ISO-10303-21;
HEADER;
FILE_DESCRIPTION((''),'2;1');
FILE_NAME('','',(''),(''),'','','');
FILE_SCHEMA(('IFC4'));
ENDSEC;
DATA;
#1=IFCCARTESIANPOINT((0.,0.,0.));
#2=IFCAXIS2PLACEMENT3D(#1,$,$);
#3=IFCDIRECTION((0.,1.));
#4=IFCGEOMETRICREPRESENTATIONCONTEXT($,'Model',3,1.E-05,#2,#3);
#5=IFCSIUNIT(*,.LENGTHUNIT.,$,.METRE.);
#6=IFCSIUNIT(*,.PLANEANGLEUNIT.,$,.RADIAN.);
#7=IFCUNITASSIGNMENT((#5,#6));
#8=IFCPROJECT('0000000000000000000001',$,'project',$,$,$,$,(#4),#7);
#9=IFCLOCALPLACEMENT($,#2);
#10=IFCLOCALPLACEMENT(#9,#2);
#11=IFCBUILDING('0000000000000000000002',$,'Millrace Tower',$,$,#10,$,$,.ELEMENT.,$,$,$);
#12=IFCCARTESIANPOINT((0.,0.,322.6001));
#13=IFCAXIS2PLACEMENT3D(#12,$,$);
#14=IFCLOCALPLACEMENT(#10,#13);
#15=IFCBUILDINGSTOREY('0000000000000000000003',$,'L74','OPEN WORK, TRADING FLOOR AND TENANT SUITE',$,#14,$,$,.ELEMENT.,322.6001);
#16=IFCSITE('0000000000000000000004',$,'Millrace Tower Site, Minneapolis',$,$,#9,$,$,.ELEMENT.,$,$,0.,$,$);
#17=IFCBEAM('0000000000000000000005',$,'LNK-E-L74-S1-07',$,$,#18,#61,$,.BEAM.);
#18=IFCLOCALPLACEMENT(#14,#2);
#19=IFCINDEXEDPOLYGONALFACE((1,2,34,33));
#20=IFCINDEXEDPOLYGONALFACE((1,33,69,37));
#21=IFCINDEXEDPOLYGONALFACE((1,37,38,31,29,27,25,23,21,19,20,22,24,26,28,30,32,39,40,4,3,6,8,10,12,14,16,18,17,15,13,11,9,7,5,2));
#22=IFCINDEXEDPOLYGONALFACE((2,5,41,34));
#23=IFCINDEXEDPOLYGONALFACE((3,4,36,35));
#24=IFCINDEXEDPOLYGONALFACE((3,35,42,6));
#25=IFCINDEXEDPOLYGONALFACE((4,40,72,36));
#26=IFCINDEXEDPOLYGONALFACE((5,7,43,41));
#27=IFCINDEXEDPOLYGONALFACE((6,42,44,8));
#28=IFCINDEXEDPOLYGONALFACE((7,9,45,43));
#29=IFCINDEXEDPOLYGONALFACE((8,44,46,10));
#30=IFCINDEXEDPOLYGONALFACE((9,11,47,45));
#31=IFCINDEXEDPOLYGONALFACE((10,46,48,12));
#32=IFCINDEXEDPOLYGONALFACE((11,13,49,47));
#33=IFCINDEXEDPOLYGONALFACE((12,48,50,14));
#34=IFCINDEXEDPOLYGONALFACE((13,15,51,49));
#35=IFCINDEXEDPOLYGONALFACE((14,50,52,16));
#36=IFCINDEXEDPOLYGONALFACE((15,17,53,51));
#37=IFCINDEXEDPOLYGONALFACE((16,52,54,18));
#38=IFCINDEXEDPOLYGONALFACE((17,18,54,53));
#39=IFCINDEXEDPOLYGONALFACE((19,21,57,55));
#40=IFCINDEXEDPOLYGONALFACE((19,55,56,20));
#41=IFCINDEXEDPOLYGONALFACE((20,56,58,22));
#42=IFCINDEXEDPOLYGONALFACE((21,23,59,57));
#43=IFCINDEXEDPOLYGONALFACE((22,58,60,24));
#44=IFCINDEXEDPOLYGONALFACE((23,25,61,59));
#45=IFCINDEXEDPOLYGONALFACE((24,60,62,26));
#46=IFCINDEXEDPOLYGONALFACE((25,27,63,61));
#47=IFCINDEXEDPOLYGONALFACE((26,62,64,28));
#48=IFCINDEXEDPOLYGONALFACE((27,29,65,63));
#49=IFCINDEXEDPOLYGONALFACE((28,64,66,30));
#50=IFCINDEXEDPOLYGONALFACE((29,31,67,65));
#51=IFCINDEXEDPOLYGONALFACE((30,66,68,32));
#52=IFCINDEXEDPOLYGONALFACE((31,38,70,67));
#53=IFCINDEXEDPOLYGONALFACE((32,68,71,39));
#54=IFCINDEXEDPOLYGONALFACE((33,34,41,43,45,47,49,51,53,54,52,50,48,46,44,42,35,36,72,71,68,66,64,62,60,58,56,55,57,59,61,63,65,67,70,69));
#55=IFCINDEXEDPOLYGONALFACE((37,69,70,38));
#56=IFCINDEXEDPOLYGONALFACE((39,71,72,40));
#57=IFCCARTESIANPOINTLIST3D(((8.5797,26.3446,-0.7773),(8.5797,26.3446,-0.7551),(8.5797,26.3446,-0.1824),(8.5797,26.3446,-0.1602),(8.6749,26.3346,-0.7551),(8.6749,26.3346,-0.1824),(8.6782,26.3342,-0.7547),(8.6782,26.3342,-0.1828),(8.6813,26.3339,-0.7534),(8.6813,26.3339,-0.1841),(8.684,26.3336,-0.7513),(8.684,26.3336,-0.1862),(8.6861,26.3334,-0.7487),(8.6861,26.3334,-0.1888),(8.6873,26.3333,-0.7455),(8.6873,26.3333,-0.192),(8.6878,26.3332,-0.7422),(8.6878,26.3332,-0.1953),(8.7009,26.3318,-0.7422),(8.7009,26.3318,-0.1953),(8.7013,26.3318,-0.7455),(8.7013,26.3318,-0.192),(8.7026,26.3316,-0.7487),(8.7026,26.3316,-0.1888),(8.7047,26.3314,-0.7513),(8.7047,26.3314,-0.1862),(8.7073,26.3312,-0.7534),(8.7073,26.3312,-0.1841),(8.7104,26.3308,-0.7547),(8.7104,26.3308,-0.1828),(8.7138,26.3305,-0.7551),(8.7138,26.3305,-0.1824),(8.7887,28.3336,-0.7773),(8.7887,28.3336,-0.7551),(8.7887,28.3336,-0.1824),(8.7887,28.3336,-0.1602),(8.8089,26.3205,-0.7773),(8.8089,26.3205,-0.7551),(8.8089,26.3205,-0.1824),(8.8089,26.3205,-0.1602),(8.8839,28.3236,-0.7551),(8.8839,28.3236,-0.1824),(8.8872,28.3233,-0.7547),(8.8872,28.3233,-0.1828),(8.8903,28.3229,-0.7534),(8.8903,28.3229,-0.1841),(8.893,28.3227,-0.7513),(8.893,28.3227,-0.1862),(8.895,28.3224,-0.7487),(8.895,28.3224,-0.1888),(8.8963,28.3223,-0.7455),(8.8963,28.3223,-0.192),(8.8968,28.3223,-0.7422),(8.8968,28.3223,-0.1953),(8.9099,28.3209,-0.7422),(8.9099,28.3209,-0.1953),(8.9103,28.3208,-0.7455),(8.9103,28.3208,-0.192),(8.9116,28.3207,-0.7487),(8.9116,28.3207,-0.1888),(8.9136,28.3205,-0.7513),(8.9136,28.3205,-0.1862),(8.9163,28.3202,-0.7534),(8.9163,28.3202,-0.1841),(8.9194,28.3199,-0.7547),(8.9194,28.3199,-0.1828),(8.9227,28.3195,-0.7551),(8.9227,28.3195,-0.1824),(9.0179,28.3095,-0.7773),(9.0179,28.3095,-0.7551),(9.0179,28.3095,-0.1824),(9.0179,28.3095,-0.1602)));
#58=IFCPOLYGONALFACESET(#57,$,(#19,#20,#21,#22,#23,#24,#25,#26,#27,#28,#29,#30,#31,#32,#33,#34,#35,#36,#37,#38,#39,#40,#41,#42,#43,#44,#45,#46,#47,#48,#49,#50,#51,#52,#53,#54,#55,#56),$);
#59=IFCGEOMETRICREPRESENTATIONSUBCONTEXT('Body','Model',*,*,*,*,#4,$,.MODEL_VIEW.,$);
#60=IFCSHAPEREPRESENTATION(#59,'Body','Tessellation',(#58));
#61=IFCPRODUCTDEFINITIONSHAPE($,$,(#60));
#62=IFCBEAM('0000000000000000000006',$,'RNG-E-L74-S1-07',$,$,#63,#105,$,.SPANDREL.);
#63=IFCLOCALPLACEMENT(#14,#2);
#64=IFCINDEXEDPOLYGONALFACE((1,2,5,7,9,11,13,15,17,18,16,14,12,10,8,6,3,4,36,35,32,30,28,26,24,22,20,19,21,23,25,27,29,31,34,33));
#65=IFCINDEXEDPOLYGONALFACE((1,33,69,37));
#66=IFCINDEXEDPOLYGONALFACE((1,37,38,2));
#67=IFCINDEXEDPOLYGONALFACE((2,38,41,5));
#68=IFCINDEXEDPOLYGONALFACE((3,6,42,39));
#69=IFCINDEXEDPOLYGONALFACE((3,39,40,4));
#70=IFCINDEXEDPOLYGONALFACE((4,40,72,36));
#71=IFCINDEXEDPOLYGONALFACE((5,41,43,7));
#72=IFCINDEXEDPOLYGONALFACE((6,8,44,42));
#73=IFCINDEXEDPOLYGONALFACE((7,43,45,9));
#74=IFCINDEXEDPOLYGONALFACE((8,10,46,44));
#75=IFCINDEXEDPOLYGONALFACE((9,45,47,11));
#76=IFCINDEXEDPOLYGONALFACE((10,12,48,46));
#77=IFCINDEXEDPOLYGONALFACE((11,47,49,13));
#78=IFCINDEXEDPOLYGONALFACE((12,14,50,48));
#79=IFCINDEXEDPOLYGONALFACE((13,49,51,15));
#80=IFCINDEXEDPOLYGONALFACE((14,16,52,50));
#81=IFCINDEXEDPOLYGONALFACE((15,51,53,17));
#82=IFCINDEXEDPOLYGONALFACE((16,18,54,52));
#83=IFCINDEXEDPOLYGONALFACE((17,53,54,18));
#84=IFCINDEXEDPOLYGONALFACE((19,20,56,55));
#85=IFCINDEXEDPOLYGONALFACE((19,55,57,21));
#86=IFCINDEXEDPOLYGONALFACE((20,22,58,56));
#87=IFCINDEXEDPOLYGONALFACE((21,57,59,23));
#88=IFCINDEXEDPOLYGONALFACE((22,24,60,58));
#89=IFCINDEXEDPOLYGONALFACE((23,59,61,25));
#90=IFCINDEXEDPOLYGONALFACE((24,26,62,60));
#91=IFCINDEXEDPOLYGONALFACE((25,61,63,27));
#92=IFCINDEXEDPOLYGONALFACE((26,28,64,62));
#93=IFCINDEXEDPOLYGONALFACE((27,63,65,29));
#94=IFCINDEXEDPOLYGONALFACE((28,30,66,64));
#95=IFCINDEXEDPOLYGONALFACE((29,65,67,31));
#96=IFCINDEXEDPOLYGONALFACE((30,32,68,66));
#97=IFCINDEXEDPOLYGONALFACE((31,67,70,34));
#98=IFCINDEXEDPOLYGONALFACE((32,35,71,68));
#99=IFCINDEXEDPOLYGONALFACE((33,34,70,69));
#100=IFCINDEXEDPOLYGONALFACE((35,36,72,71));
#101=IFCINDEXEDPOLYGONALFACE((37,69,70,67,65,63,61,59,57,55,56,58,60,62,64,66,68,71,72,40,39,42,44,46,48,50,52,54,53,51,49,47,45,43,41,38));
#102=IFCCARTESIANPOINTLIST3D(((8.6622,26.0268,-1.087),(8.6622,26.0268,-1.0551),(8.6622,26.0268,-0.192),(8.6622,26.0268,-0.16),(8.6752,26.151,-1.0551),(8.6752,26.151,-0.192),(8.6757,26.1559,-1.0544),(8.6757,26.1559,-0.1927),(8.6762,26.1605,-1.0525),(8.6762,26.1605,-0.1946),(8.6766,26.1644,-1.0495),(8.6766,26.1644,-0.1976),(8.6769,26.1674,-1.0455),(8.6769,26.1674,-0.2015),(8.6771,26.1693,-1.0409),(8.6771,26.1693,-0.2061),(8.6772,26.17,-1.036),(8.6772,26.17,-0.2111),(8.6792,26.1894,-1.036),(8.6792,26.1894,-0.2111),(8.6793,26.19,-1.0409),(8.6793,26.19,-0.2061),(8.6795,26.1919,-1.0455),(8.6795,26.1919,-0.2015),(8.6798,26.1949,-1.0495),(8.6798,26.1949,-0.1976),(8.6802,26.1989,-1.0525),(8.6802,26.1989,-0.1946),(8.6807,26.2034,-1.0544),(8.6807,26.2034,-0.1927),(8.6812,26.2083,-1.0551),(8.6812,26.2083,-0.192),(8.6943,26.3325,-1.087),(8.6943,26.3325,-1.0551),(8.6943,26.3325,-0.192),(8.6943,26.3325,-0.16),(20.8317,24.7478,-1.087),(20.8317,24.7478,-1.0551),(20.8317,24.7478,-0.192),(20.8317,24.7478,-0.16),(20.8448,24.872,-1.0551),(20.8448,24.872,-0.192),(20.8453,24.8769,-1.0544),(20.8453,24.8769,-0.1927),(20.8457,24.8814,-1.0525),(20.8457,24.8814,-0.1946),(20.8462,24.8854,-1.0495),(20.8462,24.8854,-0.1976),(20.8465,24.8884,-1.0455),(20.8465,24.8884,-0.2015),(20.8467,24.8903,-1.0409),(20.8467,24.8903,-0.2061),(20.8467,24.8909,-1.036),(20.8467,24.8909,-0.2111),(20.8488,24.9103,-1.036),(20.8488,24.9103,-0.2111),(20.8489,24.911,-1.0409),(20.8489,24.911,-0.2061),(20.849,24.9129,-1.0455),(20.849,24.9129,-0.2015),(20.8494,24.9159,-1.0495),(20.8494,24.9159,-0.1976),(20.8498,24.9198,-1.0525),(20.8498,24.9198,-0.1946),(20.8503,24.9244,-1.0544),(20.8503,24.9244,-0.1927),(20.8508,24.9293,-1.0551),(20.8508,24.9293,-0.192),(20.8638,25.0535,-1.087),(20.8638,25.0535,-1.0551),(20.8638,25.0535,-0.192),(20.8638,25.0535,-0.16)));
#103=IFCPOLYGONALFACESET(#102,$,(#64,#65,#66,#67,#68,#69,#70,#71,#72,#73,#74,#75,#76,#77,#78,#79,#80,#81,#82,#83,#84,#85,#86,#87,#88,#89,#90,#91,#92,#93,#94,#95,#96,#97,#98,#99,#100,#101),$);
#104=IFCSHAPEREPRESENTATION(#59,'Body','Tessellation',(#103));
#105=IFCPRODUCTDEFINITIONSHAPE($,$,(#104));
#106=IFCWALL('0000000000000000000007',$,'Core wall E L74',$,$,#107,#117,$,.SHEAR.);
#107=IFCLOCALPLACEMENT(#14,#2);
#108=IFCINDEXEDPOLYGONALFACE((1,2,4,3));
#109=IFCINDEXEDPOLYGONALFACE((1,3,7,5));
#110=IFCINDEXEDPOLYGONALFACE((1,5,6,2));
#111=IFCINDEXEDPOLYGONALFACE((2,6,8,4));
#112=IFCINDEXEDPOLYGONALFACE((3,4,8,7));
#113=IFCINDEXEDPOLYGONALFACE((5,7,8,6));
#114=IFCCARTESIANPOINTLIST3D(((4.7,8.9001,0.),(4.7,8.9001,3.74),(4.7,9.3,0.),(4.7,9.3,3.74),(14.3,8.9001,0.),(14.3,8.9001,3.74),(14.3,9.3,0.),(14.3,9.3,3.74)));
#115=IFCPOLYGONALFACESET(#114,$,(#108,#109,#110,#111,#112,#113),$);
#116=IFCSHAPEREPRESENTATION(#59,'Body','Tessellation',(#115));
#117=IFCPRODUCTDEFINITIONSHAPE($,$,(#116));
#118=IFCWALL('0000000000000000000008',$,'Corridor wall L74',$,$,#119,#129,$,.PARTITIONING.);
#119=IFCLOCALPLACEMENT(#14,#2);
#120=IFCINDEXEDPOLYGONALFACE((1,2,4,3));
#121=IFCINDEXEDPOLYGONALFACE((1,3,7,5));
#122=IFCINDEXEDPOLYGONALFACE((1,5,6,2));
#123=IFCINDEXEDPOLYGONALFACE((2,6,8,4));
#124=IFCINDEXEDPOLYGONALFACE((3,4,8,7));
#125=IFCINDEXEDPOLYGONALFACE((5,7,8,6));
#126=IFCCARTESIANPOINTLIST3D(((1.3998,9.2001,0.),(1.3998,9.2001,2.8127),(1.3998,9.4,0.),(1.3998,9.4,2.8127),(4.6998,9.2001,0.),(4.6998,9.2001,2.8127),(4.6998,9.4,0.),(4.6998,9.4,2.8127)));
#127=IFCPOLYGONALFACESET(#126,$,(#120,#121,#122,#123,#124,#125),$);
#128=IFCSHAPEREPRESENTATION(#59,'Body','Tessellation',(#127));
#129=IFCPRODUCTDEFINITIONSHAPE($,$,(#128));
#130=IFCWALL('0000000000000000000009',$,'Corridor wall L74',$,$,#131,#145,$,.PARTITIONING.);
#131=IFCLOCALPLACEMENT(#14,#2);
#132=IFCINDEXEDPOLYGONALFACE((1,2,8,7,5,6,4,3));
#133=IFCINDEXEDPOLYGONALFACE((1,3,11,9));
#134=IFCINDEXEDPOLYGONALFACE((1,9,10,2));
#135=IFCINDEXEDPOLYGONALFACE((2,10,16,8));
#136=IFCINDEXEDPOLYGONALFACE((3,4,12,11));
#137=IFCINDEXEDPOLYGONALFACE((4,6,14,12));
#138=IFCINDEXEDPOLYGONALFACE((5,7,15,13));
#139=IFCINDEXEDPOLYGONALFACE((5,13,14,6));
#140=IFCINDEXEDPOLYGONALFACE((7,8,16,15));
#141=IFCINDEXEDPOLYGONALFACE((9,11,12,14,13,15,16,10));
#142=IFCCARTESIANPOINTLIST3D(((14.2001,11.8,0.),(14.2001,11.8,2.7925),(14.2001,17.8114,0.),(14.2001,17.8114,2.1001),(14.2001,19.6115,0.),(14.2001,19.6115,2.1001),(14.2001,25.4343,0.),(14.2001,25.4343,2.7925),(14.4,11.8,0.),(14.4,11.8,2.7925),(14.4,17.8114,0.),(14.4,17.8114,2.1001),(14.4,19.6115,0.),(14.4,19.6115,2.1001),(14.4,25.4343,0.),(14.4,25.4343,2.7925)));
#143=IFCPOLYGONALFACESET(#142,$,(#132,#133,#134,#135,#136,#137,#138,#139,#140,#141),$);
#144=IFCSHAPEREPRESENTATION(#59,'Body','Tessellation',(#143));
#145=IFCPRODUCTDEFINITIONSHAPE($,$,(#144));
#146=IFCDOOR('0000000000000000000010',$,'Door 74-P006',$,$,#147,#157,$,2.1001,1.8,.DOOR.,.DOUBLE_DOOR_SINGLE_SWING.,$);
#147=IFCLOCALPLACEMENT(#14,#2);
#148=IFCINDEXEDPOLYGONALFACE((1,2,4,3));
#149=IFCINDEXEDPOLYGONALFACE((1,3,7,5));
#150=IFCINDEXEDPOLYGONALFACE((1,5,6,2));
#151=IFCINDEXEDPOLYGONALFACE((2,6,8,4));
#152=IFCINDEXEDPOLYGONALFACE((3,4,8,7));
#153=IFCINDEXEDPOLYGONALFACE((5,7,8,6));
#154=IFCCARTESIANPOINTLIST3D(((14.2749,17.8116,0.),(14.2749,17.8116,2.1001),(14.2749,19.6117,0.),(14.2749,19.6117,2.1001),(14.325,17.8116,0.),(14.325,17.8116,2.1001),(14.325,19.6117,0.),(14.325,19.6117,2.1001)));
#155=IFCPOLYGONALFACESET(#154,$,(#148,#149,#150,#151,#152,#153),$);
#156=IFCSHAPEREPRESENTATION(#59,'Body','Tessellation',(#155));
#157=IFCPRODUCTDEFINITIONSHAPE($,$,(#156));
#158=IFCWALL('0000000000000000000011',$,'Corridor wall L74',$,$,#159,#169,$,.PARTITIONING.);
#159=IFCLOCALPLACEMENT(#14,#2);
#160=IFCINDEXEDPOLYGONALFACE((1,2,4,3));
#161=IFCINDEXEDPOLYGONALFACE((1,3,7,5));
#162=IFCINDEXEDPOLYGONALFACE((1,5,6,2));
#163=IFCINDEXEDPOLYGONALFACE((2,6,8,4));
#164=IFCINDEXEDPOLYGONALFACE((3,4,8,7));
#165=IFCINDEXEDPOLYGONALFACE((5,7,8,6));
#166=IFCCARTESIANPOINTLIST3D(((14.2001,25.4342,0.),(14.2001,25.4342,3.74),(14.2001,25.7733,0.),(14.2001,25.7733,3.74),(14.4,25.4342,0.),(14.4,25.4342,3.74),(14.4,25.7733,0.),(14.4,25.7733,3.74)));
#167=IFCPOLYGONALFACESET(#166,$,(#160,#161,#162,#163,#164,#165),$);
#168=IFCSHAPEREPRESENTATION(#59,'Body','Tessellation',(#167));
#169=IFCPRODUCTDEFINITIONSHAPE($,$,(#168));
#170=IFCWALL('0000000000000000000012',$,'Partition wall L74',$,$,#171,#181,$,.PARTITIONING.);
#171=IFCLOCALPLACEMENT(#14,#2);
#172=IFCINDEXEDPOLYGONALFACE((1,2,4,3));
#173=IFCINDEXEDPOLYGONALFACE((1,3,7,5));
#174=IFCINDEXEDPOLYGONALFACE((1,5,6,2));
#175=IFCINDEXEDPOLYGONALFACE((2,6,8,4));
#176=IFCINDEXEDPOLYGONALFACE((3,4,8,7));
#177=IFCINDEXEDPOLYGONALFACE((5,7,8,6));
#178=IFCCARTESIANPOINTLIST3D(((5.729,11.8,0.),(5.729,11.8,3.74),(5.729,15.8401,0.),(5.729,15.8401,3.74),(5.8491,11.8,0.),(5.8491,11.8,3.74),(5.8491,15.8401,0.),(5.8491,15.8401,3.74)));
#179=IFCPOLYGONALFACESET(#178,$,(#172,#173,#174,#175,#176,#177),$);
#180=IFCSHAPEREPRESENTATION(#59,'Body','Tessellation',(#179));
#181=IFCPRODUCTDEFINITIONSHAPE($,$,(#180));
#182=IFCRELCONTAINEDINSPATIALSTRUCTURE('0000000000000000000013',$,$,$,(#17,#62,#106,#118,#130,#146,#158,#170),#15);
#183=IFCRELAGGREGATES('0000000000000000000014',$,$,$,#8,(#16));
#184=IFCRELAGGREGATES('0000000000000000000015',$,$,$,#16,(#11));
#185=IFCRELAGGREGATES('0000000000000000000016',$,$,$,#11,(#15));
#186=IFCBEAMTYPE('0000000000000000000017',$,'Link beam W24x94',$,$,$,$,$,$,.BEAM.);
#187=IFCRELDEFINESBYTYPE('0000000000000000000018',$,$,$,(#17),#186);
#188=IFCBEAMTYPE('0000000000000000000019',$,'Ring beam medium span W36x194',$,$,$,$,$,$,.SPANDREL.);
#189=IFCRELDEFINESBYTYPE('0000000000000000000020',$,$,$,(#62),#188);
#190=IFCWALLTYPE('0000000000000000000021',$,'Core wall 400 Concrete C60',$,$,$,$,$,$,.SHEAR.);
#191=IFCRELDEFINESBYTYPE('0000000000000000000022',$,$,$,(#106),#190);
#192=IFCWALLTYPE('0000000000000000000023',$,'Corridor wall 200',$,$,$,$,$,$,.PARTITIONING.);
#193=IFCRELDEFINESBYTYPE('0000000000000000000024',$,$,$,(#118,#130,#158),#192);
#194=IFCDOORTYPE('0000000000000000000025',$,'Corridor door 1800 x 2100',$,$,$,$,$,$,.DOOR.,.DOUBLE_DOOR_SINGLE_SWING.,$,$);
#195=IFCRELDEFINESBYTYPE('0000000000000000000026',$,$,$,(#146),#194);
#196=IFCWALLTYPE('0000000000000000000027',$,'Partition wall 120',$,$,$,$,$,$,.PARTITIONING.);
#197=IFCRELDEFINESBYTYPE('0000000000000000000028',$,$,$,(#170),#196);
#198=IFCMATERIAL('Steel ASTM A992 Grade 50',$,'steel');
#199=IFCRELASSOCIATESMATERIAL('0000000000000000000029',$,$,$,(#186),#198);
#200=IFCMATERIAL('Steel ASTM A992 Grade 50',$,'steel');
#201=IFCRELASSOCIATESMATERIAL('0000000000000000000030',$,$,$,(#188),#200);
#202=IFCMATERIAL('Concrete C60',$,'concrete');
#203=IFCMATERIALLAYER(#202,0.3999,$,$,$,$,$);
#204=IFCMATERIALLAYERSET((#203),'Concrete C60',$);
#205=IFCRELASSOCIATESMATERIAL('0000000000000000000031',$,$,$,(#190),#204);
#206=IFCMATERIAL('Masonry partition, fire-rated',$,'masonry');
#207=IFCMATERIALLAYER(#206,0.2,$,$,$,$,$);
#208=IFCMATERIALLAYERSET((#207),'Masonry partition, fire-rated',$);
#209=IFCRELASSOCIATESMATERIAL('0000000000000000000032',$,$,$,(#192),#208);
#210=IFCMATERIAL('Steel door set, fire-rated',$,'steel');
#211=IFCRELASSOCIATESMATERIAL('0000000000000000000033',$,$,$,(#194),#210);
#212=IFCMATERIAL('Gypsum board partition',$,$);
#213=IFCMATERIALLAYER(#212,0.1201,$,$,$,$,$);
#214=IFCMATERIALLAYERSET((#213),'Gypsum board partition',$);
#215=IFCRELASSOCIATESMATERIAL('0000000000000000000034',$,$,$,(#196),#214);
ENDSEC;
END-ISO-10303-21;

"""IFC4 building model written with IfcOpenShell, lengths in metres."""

from ifc_helpers import new_model, si_unit, direction, frame, frame_2d, origin, origin_2d, place, context, subcontext, project, spatial, rectangle, i_section, extrude, material, layer, layer_set, material_profile, profile_set, type_object, element, fill, save


model = new_model("IFC4")

# Units and contexts
model_context = context("Model", 3, precision=1e-05, world=origin(), true_north=direction((0.0, 1.0)))
body_context = subcontext(model_context, "Body", "Model", "MODEL_VIEW")
ifc_project = project(units=[si_unit("LENGTHUNIT", "METRE"), si_unit("PLANEANGLEUNIT", "RADIAN")], contexts=[model_context])

# Site, building, storey
site_placement = place(None, origin())
site = spatial("IfcSite", under=ifc_project, at=site_placement, Name="Millrace Tower Site, Minneapolis", CompositionType="ELEMENT", RefElevation=0.0)
building_placement = place(site_placement, origin())
building = spatial("IfcBuilding", under=site, at=building_placement, Name="Millrace Tower", CompositionType="ELEMENT")
storey_placement = place(building_placement, frame((0.0, 0.0, 322.6001)))
storey = spatial("IfcBuildingStorey", under=building, at=storey_placement, Name="L74", Description="OPEN WORK, TRADING FLOOR AND TENANT SUITE", CompositionType="ELEMENT", Elevation=322.6001)

# Beams
ifc_material_1 = material(Name="Steel ASTM A992 Grade 50", Category="steel")
ifc_material_profile_1 = material_profile(ifc_material_1, i_section(OverallWidth=0.2305, OverallDepth=0.6172, WebThickness=0.0132, FlangeThickness=0.0222, FilletRadius=0.0129, at=origin_2d()))
ifc_profile_set_1 = profile_set([ifc_material_profile_1], Name="Steel ASTM A992 Grade 50")
beam_type_1 = type_object("IfcBeamType", Name="Link beam W24x94", PredefinedType="BEAM", material=ifc_profile_set_1)
beam_1_placement = place(storey_placement, frame((8.6943, 26.3325, -0.4688), z_axis=(0.104494, 0.994526, 0.0), x_axis=(-0.994526, 0.104494, 0.0)))
element("IfcBeam", 1, at=beam_1_placement, inside=storey, type_object=beam_type_1, Name="LNK-E-L74-S1-07", PredefinedType="BEAM", context=body_context, shape_type="SweptSolid", body=[
    extrude(i_section(OverallWidth=0.2305, OverallDepth=0.6172, WebThickness=0.0132, FlangeThickness=0.0222, FilletRadius=0.0129, at=origin_2d()), origin(), (0.0, 0.0, 1.0), 2.0),
])
ifc_material_2 = material(Name="Steel ASTM A992 Grade 50", Category="steel")
ifc_material_profile_2 = material_profile(ifc_material_2, i_section(OverallWidth=0.3074, OverallDepth=0.927, WebThickness=0.0195, FlangeThickness=0.032, FilletRadius=0.019, at=origin_2d()))
ifc_profile_set_2 = profile_set([ifc_material_profile_2], Name="Steel ASTM A992 Grade 50")
beam_type_2 = type_object("IfcBeamType", Name="Ring beam medium span W36x194", PredefinedType="SPANDREL", material=ifc_profile_set_2)
beam_2_placement = place(storey_placement, frame((8.6782, 26.1797, -0.6235), z_axis=(0.994522, -0.104528, 0.0), x_axis=(0.104528, 0.994522, 0.0)))
element("IfcBeam", 2, at=beam_2_placement, inside=storey, type_object=beam_type_2, Name="RNG-E-L74-S1-07", PredefinedType="SPANDREL", context=body_context, shape_type="SweptSolid", body=[
    extrude(i_section(OverallWidth=0.3074, OverallDepth=0.927, WebThickness=0.0195, FlangeThickness=0.032, FilletRadius=0.019, at=origin_2d()), origin(), (0.0, 0.0, 1.0), 12.2366),
])

# Walls
ifc_material_3 = material(Name="Concrete C60", Category="concrete")
ifc_layer_1 = layer(ifc_material_3, 0.3999)
ifc_layer_set_1 = layer_set([ifc_layer_1], Name="Concrete C60")
wall_type_1 = type_object("IfcWallType", Name="Core wall 400 Concrete C60", PredefinedType="SHEAR", material=ifc_layer_set_1)
wall_1_placement = place(storey_placement, frame((14.3, 9.1001, 0.0), z_axis=(0.0, 0.0, 1.0), x_axis=(-1.0, 0.0, 0.0)))
element("IfcWall", 3, at=wall_1_placement, inside=storey, type_object=wall_type_1, Name="Core wall E L74", PredefinedType="SHEAR", context=body_context, shape_type="SweptSolid", body=[
    extrude(rectangle(XDim=9.6001, YDim=0.3999, at=frame_2d((4.8, 0.0))), origin(), (0.0, 0.0, 1.0), 3.74),
])
ifc_material_4 = material(Name="Masonry partition, fire-rated", Category="masonry")
ifc_layer_2 = layer(ifc_material_4, 0.2)
ifc_layer_set_2 = layer_set([ifc_layer_2], Name="Masonry partition, fire-rated")
wall_type_2 = type_object("IfcWallType", Name="Corridor wall 200", PredefinedType="PARTITIONING", material=ifc_layer_set_2)
wall_2_placement = place(storey_placement, frame((1.3999, 9.3, 0.0), z_axis=(0.0, 0.0, 1.0), x_axis=(1.0, 0.0, 0.0)))
element("IfcWall", 4, at=wall_2_placement, inside=storey, type_object=wall_type_2, Name="Corridor wall L74", PredefinedType="PARTITIONING", context=body_context, shape_type="SweptSolid", body=[
    extrude(rectangle(XDim=3.3, YDim=0.2, at=frame_2d((1.6499, 0.0))), origin(), (0.0, 0.0, 1.0), 2.8127),
])

# Wall, opening, door
wall_3_placement = place(storey_placement, frame((14.3, 11.8, 0.0), z_axis=(0.0, 0.0, 1.0), x_axis=(0.0, 1.0, 0.0)))
wall_3 = element("IfcWall", 5, at=wall_3_placement, inside=storey, type_object=wall_type_2, Name="Corridor wall L74", PredefinedType="PARTITIONING", context=body_context, shape_type="SweptSolid", body=[
    extrude(rectangle(XDim=13.6343, YDim=0.2, at=frame_2d((6.8171, 0.0))), origin(), (0.0, 0.0, 1.0), 2.7925),
])
opening_placement = place(wall_3_placement, frame((6.0115, 0.0, 0.0)))
opening = element("IfcOpeningElement", 6, at=opening_placement, cuts=wall_3, PredefinedType="OPENING", context=body_context, shape_type="SweptSolid", body=[
    extrude(rectangle(XDim=1.8, YDim=2.1001, at=frame_2d((0.8999, 1.05))), frame((0.0, 0.1099, 0.0), z_axis=(0.0, -1.0, 0.0), x_axis=(1.0, 0.0, 0.0)), (0.0, 0.0, 1.0), 0.22),
])
ifc_material_5 = material(Name="Steel door set, fire-rated", Category="steel")
door_type = type_object("IfcDoorType", Name="Corridor door 1800 x 2100", OperationType="DOUBLE_DOOR_SINGLE_SWING", PredefinedType="DOOR", material=ifc_material_5)
door_placement = place(opening_placement, frame((1.8, 0.0, 0.0), z_axis=(0.0, 0.0, 1.0), x_axis=(-1.0, 0.0, 0.0)))
door = element("IfcDoor", 7, at=door_placement, inside=storey, type_object=door_type, Name="Door 74-P006", OperationType="DOUBLE_DOOR_SINGLE_SWING", OverallHeight=2.1001, OverallWidth=1.8, PredefinedType="DOOR", context=body_context, shape_type="SweptSolid", body=[
    extrude(rectangle(XDim=1.8, YDim=2.1001, at=frame_2d((0.8999, 1.05))), frame((0.0, 0.0249, 0.0), z_axis=(0.0, -1.0, 0.0), x_axis=(1.0, 0.0, 0.0)), (0.0, 0.0, 1.0), 0.05),
])
fill(opening, door)

# Walls
wall_4_placement = place(storey_placement, frame((14.3, 25.4343, 0.0), z_axis=(0.0, 0.0, 1.0), x_axis=(0.0, 1.0, 0.0)))
element("IfcWall", 8, at=wall_4_placement, inside=storey, type_object=wall_type_2, Name="Corridor wall L74", PredefinedType="PARTITIONING", context=body_context, shape_type="SweptSolid", body=[
    extrude(rectangle(XDim=0.3391, YDim=0.2, at=frame_2d((0.1694, 0.0))), origin(), (0.0, 0.0, 1.0), 3.74),
])
ifc_material_6 = material(Name="Gypsum board partition")
ifc_layer_3 = layer(ifc_material_6, 0.1201)
ifc_layer_set_3 = layer_set([ifc_layer_3], Name="Gypsum board partition")
wall_type_3 = type_object("IfcWallType", Name="Partition wall 120", PredefinedType="PARTITIONING", material=ifc_layer_set_3)
for number, where, z_axis, x_axis, name in (
    (9, (5.7891, 11.8, 0.0), (0.0, 0.0, 1.0), (0.0, 1.0, 0.0), "Partition wall L74"),
):
    element("IfcWall", number, at=place(storey_placement, frame(where, z_axis=z_axis, x_axis=x_axis)), inside=storey, type_object=wall_type_3, Name=name, PredefinedType="PARTITIONING", context=body_context, shape_type="SweptSolid", body=[
        extrude(rectangle(XDim=4.04, YDim=0.1201, at=frame_2d((2.02, 0.0))), origin(), (0.0, 0.0, 1.0), 3.74),
    ])

save(model, "model.ifc")
